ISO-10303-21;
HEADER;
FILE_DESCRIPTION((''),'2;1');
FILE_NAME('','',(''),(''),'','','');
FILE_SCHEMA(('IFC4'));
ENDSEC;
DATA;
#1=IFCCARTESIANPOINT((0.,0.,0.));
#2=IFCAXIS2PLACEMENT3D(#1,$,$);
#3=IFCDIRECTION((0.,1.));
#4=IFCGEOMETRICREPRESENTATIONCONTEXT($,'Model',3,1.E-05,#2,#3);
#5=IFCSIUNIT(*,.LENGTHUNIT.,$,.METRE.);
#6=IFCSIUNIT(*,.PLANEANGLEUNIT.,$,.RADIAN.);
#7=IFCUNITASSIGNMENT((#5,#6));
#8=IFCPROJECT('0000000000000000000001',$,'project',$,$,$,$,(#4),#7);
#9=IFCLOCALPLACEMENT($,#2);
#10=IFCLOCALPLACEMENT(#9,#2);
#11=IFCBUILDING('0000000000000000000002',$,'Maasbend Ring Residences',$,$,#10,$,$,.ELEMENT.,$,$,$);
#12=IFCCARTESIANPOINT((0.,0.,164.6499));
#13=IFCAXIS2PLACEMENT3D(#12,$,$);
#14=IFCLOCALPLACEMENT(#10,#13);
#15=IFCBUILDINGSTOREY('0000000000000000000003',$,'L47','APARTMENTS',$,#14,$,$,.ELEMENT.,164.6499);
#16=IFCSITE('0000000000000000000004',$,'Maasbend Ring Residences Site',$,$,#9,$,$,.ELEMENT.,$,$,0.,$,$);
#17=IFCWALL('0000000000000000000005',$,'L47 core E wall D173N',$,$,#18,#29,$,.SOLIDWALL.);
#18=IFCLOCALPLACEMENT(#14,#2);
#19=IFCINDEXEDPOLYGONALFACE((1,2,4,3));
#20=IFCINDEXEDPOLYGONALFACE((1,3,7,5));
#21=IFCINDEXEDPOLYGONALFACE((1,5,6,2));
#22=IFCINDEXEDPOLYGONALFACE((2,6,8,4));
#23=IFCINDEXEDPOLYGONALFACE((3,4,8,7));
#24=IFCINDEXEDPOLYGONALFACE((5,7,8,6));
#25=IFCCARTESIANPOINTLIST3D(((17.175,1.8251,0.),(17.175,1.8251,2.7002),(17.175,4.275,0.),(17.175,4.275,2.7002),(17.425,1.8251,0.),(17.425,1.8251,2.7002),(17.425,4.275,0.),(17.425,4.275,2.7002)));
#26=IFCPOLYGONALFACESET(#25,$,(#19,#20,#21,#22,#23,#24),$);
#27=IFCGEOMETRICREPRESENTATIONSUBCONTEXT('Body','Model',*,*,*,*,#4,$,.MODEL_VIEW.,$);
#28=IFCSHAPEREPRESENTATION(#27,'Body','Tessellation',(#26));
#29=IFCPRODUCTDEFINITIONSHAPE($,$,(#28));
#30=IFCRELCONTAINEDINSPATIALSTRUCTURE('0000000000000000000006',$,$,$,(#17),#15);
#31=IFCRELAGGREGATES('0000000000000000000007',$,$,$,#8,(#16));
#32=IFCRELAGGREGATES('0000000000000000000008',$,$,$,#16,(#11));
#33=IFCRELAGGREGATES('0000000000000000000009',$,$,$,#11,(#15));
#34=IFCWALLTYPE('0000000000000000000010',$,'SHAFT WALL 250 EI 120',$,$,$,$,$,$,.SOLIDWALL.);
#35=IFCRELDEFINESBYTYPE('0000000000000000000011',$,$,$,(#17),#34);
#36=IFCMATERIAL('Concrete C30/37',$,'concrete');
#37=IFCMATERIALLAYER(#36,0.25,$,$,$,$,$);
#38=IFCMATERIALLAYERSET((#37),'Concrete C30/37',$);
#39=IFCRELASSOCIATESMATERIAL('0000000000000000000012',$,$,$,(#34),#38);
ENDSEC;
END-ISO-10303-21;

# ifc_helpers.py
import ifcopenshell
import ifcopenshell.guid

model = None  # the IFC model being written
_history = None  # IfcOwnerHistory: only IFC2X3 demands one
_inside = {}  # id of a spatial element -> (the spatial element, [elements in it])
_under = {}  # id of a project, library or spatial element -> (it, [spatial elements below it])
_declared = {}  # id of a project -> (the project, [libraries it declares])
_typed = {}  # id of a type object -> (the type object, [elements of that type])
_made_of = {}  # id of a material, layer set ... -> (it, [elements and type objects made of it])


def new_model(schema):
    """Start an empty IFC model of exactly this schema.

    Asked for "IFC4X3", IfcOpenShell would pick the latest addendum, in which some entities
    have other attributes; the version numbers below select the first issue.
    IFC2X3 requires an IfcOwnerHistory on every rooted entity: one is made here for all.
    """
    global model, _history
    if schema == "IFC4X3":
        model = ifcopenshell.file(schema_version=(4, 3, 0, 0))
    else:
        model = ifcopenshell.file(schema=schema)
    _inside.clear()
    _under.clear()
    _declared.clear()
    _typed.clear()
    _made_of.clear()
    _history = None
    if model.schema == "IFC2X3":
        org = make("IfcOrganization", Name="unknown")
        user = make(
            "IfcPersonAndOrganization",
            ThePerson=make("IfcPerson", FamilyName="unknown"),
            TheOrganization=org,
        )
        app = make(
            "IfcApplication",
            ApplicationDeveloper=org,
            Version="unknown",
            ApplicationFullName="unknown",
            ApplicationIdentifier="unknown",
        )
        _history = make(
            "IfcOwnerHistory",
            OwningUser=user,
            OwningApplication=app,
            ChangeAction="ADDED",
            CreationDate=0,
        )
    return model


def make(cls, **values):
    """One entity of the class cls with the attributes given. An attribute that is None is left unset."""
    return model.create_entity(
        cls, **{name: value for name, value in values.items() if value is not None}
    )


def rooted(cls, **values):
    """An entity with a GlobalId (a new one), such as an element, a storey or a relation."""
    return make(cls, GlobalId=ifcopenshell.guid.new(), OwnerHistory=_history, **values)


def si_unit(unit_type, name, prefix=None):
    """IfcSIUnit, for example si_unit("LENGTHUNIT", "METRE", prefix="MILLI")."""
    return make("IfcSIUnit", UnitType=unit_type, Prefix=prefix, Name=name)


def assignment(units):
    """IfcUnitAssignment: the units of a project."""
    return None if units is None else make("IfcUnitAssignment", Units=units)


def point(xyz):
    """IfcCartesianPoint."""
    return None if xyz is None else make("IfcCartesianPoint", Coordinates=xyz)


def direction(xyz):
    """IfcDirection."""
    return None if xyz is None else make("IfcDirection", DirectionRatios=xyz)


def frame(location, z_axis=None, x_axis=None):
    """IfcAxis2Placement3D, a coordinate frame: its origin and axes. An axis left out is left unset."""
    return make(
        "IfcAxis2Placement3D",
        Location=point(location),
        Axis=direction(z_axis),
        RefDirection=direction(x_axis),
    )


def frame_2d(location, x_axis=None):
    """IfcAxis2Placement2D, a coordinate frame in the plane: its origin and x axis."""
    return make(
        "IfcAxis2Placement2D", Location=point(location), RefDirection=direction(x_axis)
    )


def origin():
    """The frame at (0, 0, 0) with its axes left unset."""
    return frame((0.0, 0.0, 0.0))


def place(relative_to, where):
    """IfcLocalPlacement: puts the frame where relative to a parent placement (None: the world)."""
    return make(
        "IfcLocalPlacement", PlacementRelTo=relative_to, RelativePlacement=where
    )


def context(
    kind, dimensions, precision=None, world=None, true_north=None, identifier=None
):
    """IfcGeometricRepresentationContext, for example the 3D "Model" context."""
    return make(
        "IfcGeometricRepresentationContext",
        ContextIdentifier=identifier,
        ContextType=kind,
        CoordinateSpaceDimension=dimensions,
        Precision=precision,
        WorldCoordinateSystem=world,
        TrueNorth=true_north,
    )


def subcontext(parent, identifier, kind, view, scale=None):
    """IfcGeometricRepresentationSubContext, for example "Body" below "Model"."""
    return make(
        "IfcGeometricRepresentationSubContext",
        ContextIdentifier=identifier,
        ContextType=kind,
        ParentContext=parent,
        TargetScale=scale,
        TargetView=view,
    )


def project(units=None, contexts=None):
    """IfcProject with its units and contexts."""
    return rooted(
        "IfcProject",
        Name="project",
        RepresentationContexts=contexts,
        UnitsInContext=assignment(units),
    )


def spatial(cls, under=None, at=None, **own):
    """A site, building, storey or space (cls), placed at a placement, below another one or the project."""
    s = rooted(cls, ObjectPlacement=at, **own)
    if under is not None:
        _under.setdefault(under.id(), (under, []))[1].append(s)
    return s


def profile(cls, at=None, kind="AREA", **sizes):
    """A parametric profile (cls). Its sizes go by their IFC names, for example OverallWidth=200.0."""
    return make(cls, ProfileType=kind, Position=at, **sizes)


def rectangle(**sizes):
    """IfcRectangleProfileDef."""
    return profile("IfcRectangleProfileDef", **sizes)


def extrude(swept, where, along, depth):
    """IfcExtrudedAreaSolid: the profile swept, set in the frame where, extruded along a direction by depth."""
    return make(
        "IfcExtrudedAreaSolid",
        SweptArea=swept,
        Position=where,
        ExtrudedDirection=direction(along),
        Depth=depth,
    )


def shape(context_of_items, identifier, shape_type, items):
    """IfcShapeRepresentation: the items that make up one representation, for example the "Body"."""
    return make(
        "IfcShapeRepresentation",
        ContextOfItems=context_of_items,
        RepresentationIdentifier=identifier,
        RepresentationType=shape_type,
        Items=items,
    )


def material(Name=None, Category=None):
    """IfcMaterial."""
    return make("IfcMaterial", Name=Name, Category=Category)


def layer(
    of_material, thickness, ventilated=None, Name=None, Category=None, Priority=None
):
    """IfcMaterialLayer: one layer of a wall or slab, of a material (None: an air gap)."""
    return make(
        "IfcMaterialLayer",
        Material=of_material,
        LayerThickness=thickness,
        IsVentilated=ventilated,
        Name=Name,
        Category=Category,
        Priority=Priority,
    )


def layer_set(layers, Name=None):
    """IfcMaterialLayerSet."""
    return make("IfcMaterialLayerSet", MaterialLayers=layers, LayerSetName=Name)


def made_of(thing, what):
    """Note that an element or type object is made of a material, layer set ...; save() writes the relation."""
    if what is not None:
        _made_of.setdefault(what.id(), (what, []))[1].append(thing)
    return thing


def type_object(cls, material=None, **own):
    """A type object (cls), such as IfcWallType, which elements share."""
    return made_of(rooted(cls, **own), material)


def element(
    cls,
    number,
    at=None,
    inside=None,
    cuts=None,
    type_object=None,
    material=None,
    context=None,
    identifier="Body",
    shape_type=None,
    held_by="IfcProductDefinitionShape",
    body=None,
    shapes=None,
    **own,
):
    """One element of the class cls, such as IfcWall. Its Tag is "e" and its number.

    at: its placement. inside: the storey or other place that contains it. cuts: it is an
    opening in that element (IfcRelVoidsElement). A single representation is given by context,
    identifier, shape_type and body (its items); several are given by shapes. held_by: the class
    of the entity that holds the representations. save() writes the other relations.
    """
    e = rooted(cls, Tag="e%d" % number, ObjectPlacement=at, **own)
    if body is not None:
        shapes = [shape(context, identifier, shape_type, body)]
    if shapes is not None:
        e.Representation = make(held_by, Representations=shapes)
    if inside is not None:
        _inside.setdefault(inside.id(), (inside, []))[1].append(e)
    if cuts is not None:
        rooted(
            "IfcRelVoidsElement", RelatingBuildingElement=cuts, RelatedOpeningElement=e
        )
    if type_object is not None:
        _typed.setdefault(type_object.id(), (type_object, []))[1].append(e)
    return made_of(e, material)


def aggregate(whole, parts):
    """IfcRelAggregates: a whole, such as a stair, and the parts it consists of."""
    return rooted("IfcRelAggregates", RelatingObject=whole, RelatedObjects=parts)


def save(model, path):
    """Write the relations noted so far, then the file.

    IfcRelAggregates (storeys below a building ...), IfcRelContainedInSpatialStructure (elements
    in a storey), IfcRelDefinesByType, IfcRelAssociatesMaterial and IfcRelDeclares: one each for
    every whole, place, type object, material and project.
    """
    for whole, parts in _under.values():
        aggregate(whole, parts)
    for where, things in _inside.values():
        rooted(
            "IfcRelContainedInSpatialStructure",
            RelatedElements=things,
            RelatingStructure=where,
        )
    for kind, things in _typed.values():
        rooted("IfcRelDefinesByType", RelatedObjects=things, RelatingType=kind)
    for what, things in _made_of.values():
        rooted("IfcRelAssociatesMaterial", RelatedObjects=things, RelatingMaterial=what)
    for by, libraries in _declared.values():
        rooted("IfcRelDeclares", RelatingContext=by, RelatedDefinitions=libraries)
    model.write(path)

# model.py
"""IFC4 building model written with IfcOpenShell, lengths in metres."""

from ifc_helpers import new_model, si_unit, direction, frame, frame_2d, origin, place, context, subcontext, project, spatial, rectangle, extrude, material, layer, layer_set, type_object, element, save


model = new_model("IFC4")

# Units and contexts
model_context = context("Model", 3, precision=1e-05, world=origin(), true_north=direction((0.0, 1.0)))
body_context = subcontext(model_context, "Body", "Model", "MODEL_VIEW")
ifc_project = project(units=[si_unit("LENGTHUNIT", "METRE"), si_unit("PLANEANGLEUNIT", "RADIAN")], contexts=[model_context])

# Site, building, storey
site_placement = place(None, origin())
site = spatial("IfcSite", under=ifc_project, at=site_placement, Name="Maasbend Ring Residences Site", CompositionType="ELEMENT", RefElevation=0.0)
building_placement = place(site_placement, origin())
building = spatial("IfcBuilding", under=site, at=building_placement, Name="Maasbend Ring Residences", CompositionType="ELEMENT")
storey_placement = place(building_placement, frame((0.0, 0.0, 164.6499)))
storey = spatial("IfcBuildingStorey", under=building, at=storey_placement, Name="L47", Description="APARTMENTS", CompositionType="ELEMENT", Elevation=164.6499)

# Wall
ifc_material_1 = material(Name="Concrete C30/37", Category="concrete")
ifc_layer_1 = layer(ifc_material_1, 0.25)
ifc_layer_set_1 = layer_set([ifc_layer_1], Name="Concrete C30/37")
wall_type_1 = type_object("IfcWallType", Name="SHAFT WALL 250 EI 120", PredefinedType="SOLIDWALL", material=ifc_layer_set_1)
wall_1_placement = place(storey_placement, frame((17.3, 1.825, 0.0), z_axis=(0.0, 0.0, 1.0), x_axis=(0.0, 1.0, 0.0)))
element("IfcWall", 1, at=wall_1_placement, inside=storey, type_object=wall_type_1, Name="L47 core E wall D173N", PredefinedType="SOLIDWALL", context=body_context, shape_type="SweptSolid", body=[
    extrude(rectangle(XDim=2.45, YDim=0.25, at=frame_2d((1.2251, 0.0))), origin(), (0.0, 0.0, 1.0), 2.7002),
])

save(model, "model.ifc")
